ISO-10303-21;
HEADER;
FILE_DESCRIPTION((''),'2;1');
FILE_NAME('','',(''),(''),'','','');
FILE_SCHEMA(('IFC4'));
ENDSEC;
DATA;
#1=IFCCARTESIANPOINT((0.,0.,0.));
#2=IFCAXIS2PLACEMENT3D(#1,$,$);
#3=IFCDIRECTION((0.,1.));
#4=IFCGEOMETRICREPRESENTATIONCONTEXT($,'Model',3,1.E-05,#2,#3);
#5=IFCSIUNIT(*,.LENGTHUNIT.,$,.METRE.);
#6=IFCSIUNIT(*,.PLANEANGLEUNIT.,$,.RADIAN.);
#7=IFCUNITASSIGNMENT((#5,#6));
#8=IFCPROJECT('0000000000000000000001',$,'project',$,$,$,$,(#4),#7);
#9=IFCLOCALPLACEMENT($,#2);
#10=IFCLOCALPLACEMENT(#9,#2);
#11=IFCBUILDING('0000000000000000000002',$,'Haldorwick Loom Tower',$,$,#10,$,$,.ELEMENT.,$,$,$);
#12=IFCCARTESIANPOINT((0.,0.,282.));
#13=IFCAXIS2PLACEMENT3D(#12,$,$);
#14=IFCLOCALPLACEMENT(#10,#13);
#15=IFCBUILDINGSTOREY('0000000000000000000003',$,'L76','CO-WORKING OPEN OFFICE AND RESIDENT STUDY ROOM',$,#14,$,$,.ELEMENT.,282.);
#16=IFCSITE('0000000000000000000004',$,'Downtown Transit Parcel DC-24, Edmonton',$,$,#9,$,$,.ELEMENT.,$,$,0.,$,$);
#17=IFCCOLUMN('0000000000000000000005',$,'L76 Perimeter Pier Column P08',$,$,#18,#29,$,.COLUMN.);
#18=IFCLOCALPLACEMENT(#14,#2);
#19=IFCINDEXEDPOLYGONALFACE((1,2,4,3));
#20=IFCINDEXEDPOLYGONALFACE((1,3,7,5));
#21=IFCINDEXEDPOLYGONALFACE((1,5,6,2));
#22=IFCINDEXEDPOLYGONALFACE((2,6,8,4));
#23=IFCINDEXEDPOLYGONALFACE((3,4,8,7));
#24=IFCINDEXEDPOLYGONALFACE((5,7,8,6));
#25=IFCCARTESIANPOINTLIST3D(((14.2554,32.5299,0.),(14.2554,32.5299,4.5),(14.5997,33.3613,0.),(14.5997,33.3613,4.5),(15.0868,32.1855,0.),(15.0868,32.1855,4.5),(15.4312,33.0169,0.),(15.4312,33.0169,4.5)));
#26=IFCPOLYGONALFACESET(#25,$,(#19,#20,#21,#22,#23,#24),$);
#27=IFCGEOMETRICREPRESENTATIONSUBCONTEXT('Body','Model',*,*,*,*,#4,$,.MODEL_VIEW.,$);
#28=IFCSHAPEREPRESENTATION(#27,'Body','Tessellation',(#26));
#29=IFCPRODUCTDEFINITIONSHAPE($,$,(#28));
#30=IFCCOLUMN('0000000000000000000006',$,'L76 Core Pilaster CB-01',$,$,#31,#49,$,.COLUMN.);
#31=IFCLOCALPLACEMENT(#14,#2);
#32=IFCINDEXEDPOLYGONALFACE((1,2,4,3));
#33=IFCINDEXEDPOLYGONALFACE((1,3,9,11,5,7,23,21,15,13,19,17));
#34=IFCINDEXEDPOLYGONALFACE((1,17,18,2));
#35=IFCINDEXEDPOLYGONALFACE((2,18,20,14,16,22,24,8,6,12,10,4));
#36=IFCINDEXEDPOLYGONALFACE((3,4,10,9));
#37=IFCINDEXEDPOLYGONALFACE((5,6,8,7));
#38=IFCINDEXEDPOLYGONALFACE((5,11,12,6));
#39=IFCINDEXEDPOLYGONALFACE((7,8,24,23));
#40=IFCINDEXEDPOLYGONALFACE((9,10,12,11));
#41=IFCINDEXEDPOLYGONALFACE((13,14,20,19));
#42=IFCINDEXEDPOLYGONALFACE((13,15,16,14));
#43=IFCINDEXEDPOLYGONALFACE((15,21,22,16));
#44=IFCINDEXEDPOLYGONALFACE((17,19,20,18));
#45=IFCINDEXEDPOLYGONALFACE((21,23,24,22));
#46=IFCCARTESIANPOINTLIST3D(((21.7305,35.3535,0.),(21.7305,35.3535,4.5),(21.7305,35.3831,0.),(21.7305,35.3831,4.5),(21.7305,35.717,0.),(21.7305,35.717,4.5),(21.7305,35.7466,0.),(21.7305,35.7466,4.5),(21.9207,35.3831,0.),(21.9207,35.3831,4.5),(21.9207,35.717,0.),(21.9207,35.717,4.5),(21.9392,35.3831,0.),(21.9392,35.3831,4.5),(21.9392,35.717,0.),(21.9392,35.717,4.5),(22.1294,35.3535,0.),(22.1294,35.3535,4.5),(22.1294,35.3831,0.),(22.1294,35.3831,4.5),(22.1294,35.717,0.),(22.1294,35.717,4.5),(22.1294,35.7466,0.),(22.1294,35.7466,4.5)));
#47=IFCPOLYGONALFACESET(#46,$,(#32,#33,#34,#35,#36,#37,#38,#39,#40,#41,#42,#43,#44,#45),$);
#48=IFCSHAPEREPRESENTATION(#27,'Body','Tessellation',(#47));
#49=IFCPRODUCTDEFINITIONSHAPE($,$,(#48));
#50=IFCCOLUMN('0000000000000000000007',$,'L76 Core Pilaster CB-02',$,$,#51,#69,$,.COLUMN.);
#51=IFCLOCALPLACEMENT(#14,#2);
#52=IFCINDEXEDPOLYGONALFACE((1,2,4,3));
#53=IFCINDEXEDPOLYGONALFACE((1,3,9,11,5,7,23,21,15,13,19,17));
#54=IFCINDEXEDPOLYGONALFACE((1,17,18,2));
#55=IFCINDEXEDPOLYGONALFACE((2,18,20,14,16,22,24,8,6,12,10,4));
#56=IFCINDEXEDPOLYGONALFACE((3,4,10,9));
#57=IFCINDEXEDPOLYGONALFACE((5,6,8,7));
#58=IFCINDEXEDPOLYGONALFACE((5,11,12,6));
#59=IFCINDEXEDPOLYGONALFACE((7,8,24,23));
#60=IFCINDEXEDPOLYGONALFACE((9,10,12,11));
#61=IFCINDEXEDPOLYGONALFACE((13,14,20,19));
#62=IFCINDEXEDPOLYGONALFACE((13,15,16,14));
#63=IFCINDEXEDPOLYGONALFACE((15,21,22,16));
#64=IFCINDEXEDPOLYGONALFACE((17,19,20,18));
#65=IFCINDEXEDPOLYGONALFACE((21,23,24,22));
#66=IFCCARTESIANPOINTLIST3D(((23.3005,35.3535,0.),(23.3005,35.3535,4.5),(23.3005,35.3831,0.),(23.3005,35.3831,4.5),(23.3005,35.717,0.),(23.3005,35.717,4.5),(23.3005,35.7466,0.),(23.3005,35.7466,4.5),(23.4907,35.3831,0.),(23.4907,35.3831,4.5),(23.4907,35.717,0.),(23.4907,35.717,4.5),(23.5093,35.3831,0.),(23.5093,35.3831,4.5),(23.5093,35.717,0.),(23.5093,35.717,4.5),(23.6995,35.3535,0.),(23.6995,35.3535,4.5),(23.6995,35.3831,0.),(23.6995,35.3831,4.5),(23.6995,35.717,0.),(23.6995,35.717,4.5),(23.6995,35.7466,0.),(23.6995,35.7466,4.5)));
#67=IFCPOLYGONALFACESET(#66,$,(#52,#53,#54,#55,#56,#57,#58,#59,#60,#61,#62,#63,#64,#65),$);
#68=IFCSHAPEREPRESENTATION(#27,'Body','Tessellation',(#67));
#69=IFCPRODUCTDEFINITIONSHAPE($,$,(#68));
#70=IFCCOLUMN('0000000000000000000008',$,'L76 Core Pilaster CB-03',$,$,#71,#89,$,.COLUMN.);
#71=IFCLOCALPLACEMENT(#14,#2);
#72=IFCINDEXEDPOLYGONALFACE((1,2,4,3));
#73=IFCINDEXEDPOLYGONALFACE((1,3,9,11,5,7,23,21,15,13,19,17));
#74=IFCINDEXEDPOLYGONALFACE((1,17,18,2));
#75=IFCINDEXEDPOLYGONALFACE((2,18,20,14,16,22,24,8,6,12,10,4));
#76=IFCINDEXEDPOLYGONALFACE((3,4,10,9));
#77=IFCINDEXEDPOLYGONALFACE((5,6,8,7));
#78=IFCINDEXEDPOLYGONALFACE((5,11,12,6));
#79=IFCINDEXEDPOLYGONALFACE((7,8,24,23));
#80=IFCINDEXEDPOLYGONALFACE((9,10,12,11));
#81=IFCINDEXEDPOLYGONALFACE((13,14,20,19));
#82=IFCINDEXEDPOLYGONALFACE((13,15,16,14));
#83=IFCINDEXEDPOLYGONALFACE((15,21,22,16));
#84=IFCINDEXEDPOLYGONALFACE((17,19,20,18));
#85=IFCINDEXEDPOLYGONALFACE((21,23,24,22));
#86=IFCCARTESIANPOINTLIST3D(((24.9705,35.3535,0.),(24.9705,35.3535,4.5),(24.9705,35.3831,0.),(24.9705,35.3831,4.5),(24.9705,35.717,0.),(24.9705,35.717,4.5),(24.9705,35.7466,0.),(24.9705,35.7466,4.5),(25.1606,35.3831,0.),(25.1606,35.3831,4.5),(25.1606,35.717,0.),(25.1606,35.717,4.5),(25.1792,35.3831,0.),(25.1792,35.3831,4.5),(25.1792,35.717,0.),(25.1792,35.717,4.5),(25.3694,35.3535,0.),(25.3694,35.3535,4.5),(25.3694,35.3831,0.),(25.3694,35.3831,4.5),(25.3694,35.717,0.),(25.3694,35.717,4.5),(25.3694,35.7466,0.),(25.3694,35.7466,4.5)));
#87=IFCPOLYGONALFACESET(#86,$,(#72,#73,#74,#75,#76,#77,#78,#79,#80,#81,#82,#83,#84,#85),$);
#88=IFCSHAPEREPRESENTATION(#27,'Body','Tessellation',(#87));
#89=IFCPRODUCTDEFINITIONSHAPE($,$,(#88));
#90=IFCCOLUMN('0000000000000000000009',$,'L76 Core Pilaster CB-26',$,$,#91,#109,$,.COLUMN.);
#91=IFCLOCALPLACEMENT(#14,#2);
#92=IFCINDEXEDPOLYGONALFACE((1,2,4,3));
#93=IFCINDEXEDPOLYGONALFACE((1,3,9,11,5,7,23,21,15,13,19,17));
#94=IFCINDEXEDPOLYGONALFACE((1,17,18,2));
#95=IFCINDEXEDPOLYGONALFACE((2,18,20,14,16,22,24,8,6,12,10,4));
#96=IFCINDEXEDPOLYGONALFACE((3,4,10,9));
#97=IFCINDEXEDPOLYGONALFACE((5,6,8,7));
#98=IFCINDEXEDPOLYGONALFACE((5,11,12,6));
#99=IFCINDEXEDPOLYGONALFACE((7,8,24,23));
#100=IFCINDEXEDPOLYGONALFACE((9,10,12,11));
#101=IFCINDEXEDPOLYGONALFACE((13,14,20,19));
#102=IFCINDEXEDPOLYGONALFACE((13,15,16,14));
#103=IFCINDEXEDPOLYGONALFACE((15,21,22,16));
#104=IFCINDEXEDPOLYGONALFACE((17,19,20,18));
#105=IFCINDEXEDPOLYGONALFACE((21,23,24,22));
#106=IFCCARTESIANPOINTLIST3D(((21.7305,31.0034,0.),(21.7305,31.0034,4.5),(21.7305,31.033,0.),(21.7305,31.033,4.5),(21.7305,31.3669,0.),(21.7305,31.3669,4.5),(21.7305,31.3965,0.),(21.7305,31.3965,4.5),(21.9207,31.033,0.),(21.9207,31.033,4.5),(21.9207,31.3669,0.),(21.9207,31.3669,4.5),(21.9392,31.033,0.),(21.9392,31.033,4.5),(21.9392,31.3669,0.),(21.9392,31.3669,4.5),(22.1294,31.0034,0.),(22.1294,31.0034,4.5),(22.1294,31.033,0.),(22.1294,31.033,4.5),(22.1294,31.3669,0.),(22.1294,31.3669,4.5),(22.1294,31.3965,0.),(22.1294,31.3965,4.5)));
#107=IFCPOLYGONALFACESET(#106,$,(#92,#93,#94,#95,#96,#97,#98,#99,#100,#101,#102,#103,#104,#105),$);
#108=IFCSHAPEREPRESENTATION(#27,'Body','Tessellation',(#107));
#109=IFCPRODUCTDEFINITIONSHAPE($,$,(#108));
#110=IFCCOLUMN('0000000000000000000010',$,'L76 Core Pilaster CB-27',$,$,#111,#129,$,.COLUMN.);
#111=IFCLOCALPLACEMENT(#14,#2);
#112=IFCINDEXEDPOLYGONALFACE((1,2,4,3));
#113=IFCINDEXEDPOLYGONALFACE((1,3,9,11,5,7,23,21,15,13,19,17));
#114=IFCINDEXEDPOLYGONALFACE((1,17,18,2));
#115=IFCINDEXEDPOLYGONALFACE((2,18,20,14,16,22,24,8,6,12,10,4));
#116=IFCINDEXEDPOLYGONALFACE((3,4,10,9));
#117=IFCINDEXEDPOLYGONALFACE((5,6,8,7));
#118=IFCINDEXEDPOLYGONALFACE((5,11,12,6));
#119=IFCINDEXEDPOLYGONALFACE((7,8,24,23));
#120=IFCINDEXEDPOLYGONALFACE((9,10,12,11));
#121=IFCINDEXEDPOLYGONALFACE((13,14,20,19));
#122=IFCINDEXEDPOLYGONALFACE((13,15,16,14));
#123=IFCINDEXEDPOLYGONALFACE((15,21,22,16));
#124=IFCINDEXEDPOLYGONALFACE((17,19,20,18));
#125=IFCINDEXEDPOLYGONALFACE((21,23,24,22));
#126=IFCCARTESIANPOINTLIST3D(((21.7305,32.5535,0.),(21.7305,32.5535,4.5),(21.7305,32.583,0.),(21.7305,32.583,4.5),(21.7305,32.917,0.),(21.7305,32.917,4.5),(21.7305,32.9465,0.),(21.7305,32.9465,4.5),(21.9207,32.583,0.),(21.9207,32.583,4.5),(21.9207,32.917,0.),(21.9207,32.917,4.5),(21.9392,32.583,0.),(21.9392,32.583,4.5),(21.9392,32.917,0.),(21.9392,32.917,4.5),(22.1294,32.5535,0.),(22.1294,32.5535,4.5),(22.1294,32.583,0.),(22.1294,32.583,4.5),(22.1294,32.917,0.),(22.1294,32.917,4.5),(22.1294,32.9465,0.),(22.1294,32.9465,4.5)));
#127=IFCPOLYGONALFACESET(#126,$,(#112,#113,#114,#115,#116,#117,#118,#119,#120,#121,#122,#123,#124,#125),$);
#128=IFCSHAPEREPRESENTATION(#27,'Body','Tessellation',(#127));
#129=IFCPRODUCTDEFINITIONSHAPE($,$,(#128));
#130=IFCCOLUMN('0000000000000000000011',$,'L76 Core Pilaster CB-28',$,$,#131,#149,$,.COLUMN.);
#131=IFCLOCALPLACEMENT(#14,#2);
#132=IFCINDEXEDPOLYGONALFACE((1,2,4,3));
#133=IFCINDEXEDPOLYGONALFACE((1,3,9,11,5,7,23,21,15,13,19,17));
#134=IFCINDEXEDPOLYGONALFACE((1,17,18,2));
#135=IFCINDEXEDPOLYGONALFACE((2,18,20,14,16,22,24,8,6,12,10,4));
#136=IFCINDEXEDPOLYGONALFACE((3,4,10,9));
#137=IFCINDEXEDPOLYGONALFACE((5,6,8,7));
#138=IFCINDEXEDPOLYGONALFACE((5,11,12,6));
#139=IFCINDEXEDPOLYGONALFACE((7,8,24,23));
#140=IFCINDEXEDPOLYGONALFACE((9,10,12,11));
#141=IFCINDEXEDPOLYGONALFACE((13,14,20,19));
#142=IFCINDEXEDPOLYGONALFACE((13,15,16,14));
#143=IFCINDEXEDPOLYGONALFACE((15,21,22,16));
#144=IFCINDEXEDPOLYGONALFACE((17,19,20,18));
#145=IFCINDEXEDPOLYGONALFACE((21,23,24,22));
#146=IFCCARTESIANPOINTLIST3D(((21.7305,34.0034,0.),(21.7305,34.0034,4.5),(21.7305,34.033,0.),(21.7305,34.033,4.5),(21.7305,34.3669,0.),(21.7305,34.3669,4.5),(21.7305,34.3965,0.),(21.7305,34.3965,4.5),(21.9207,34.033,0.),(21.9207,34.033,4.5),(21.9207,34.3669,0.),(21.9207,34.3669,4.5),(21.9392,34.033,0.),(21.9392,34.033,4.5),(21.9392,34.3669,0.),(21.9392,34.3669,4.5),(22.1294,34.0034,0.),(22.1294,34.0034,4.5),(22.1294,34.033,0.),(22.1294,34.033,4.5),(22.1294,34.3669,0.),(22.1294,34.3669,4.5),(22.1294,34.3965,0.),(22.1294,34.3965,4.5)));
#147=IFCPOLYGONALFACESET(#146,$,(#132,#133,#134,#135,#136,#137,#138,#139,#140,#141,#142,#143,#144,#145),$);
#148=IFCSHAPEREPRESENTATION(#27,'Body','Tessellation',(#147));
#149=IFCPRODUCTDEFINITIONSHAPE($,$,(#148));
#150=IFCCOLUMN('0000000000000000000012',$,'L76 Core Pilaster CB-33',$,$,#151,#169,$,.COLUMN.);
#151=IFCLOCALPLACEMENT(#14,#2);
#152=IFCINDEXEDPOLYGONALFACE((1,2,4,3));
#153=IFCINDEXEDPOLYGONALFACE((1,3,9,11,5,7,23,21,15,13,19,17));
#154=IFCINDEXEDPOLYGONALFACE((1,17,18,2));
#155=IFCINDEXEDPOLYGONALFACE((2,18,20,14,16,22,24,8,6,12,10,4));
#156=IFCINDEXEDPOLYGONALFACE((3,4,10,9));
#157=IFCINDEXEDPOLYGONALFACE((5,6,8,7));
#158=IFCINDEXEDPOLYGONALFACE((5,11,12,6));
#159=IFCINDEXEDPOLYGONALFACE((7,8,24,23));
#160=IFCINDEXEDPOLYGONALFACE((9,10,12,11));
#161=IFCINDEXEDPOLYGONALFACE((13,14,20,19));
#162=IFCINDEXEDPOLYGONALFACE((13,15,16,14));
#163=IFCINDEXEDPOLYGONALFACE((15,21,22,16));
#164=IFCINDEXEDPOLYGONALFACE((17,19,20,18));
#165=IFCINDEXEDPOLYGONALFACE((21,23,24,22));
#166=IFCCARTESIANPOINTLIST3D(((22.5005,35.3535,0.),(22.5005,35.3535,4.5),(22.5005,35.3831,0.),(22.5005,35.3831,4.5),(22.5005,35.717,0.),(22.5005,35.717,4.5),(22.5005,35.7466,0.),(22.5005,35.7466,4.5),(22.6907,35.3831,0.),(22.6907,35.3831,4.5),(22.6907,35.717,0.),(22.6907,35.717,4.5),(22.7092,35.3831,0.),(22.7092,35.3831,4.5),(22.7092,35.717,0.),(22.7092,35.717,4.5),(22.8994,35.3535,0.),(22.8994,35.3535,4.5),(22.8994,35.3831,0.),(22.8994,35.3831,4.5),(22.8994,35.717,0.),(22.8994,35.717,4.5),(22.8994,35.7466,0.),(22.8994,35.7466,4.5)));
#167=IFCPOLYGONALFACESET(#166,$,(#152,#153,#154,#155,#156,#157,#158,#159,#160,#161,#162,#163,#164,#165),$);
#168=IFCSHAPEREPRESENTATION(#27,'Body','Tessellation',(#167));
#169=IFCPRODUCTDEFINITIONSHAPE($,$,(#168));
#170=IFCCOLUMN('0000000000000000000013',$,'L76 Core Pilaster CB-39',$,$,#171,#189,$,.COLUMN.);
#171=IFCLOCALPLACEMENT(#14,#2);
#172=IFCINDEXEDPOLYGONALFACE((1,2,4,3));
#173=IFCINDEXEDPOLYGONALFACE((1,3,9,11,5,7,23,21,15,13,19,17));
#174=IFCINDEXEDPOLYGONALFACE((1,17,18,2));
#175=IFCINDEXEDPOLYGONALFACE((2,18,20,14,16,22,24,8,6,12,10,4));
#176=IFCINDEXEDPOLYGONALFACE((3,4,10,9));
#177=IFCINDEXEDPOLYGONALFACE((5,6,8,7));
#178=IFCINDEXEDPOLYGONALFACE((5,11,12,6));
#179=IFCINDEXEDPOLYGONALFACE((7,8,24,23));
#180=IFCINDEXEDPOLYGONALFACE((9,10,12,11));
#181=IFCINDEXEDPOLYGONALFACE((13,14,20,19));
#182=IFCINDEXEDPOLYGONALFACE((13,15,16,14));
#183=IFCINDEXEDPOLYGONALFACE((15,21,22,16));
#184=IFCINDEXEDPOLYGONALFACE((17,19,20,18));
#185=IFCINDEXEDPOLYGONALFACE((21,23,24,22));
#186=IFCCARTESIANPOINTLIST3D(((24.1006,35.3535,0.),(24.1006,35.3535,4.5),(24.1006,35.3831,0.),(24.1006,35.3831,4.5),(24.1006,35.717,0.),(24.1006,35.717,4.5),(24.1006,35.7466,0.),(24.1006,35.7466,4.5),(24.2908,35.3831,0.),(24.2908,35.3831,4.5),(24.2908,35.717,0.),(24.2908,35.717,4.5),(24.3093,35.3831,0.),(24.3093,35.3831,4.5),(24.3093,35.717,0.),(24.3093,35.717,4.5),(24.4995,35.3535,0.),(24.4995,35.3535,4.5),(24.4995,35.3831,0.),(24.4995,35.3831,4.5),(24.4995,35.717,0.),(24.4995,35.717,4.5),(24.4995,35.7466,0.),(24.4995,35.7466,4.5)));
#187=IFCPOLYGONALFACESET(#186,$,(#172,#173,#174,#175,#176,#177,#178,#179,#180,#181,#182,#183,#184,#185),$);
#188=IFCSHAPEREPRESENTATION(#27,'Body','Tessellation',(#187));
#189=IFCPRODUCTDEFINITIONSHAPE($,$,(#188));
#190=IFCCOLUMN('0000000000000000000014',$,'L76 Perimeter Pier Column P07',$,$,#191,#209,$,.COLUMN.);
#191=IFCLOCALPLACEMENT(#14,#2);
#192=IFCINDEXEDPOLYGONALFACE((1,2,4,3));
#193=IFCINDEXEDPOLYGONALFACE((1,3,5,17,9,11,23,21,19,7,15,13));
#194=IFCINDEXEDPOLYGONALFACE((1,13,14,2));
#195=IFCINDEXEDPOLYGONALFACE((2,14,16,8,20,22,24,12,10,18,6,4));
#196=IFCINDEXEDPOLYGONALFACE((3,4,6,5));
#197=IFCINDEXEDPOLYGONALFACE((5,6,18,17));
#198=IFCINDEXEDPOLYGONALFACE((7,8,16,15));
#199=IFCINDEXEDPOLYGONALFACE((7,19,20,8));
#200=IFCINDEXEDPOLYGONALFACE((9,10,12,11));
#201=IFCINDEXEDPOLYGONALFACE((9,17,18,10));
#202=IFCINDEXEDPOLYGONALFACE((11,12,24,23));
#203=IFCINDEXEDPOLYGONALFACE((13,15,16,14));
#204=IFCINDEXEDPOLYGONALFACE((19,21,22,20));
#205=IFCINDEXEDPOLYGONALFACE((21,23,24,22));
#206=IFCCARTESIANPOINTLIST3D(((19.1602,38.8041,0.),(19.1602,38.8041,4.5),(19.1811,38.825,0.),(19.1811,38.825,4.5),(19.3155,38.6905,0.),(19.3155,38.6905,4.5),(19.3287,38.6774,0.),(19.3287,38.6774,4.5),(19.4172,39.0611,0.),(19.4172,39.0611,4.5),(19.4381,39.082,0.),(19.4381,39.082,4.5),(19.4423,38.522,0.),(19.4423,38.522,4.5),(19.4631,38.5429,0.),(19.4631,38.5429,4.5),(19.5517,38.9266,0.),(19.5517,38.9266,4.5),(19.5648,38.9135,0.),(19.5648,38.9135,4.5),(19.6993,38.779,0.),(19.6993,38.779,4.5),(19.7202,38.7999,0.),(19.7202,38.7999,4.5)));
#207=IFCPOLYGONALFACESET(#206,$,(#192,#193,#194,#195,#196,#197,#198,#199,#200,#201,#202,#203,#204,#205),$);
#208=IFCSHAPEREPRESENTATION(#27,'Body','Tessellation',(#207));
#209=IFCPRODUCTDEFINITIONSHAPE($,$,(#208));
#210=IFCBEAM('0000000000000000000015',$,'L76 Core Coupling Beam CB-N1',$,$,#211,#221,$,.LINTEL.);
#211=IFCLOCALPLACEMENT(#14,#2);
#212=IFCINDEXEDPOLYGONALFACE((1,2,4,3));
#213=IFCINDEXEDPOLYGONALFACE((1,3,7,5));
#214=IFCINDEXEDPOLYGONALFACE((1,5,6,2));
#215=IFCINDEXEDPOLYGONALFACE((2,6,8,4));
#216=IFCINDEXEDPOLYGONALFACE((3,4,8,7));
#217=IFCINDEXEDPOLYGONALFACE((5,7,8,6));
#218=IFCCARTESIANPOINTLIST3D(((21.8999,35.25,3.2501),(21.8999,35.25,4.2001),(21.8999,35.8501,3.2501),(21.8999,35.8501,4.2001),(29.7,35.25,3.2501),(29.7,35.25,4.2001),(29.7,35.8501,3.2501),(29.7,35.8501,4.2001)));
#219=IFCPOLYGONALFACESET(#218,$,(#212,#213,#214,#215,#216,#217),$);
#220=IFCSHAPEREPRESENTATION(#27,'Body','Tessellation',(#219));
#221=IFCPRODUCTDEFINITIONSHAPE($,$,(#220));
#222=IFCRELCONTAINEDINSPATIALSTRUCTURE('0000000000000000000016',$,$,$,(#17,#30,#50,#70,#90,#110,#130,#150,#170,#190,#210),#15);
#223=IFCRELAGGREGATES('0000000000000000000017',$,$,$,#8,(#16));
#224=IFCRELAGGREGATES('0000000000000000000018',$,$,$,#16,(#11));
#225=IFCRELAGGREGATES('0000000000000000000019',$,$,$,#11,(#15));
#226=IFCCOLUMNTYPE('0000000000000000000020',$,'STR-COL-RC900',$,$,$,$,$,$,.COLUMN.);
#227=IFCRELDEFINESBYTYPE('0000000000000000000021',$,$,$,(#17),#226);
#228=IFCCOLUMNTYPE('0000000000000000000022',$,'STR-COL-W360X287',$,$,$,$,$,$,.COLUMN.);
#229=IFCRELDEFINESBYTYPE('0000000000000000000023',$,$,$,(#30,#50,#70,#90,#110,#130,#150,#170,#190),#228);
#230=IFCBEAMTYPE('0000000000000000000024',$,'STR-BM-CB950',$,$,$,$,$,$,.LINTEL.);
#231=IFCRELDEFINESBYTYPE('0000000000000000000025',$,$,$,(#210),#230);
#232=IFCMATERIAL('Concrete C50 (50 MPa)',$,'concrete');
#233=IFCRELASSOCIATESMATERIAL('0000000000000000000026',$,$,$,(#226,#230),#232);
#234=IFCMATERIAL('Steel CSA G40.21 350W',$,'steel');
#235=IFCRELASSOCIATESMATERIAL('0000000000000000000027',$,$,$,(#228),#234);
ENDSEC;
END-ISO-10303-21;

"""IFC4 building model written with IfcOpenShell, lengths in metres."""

from ifc_helpers import new_model, si_unit, direction, frame, origin, origin_2d, place, context, subcontext, project, spatial, rectangle, i_section, extrude, material, material_profile, profile_set, type_object, element, save


model = new_model("IFC4")

# Units and contexts
model_context = context("Model", 3, precision=1e-05, world=origin(), true_north=direction((0.0, 1.0)))
body_context = subcontext(model_context, "Body", "Model", "MODEL_VIEW")
ifc_project = project(units=[si_unit("LENGTHUNIT", "METRE"), si_unit("PLANEANGLEUNIT", "RADIAN")], contexts=[model_context])

# Site, building, storey
site_placement = place(None, origin())
site = spatial("IfcSite", under=ifc_project, at=site_placement, Name="Downtown Transit Parcel DC-24, Edmonton", CompositionType="ELEMENT", RefElevation=0.0)
building_placement = place(site_placement, origin())
building = spatial("IfcBuilding", under=site, at=building_placement, Name="Haldorwick Loom Tower", CompositionType="ELEMENT")
storey_placement = place(building_placement, frame((0.0, 0.0, 282.0)))
storey = spatial("IfcBuildingStorey", under=building, at=storey_placement, Name="L76", Description="CO-WORKING OPEN OFFICE AND RESIDENT STUDY ROOM", CompositionType="ELEMENT", Elevation=282.0)

# Columns
ifc_material_1 = material(Name="Concrete C50 (50 MPa)", Category="concrete")
ifc_material_profile_1 = material_profile(ifc_material_1, rectangle(XDim=0.8999, YDim=0.8999, at=origin_2d()), Name="RC900X900", Category="concrete")
ifc_profile_set_1 = profile_set([ifc_material_profile_1], Name="Concrete C50 (50 MPa)")
column_type_1 = type_object("IfcColumnType", Name="STR-COL-RC900", PredefinedType="COLUMN", material=ifc_profile_set_1)
column_placement = place(storey_placement, frame((14.8433, 32.7734, 0.0), z_axis=(0.0, 0.0, 1.0), x_axis=(-0.92388, 0.382683, 0.0)))
element("IfcColumn", 1, at=column_placement, inside=storey, type_object=column_type_1, Name="L76 Perimeter Pier Column P08", PredefinedType="COLUMN", context=body_context, shape_type="SweptSolid", body=[
    extrude(rectangle(XDim=0.8999, YDim=0.8999, at=origin_2d()), origin(), (0.0, 0.0, 1.0), 4.5),
])
ifc_material_2 = material(Name="Steel CSA G40.21 350W", Category="steel")
ifc_material_profile_2 = material_profile(ifc_material_2, i_section(OverallWidth=0.3989, OverallDepth=0.3931, WebThickness=0.0186, FlangeThickness=0.0295, at=origin_2d()), Name="W360X287", Category="steel")
ifc_profile_set_2 = profile_set([ifc_material_profile_2], Name="Steel CSA G40.21 350W")
column_type_2 = type_object("IfcColumnType", Name="STR-COL-W360X287", PredefinedType="COLUMN", material=ifc_profile_set_2)
for number, where, z_axis, x_axis, name in (
    (2, (21.9299, 35.55, 0.0), (0.0, 0.0, 1.0), (1.0, 0.0, 0.0), "L76 Core Pilaster CB-01"),
    (3, (23.5, 35.55, 0.0), (0.0, 0.0, 1.0), (1.0, 0.0, 0.0), "L76 Core Pilaster CB-02"),
    (4, (25.1699, 35.55, 0.0), (0.0, 0.0, 1.0), (1.0, 0.0, 0.0), "L76 Core Pilaster CB-03"),
    (5, (21.9299, 31.2, 0.0), (0.0, 0.0, 1.0), (1.0, 0.0, 0.0), "L76 Core Pilaster CB-26"),
    (6, (21.9299, 32.75, 0.0), (0.0, 0.0, 1.0), (1.0, 0.0, 0.0), "L76 Core Pilaster CB-27"),
    (7, (21.9299, 34.2, 0.0), (0.0, 0.0, 1.0), (1.0, 0.0, 0.0), "L76 Core Pilaster CB-28"),
    (8, (22.7, 35.55, 0.0), (0.0, 0.0, 1.0), (1.0, 0.0, 0.0), "L76 Core Pilaster CB-33"),
    (9, (24.3, 35.55, 0.0), (0.0, 0.0, 1.0), (1.0, 0.0, 0.0), "L76 Core Pilaster CB-39"),
    (10, (19.4402, 38.802, 0.0), (0.0, 0.0, 1.0), (-0.707107, 0.707107, 0.0), "L76 Perimeter Pier Column P07"),
):
    element("IfcColumn", number, at=place(storey_placement, frame(where, z_axis=z_axis, x_axis=x_axis)), inside=storey, type_object=column_type_2, Name=name, PredefinedType="COLUMN", context=body_context, shape_type="SweptSolid", body=[
        extrude(i_section(OverallWidth=0.3989, OverallDepth=0.3931, WebThickness=0.0186, FlangeThickness=0.0295, at=origin_2d()), origin(), (0.0, 0.0, 1.0), 4.5),
    ])

# Beam
ifc_material_profile_3 = material_profile(ifc_material_1, rectangle(XDim=0.6001, YDim=0.95, at=origin_2d()), Name="RC600X950", Category="concrete")
ifc_profile_set_3 = profile_set([ifc_material_profile_3], Name="Concrete C50 (50 MPa)")
beam_type_1 = type_object("IfcBeamType", Name="STR-BM-CB950", PredefinedType="LINTEL", material=ifc_profile_set_3)
beam_1_placement = place(storey_placement, frame((21.8999, 35.55, 3.7251), z_axis=(1.0, 0.0, 0.0), x_axis=(0.0, 1.0, 0.0)))
element("IfcBeam", 11, at=beam_1_placement, inside=storey, type_object=beam_type_1, Name="L76 Core Coupling Beam CB-N1", PredefinedType="LINTEL", context=body_context, shape_type="SweptSolid", body=[
    extrude(rectangle(XDim=0.6001, YDim=0.95, at=origin_2d()), origin(), (0.0, 0.0, 1.0), 7.8),
])

save(model, "model.ifc")
